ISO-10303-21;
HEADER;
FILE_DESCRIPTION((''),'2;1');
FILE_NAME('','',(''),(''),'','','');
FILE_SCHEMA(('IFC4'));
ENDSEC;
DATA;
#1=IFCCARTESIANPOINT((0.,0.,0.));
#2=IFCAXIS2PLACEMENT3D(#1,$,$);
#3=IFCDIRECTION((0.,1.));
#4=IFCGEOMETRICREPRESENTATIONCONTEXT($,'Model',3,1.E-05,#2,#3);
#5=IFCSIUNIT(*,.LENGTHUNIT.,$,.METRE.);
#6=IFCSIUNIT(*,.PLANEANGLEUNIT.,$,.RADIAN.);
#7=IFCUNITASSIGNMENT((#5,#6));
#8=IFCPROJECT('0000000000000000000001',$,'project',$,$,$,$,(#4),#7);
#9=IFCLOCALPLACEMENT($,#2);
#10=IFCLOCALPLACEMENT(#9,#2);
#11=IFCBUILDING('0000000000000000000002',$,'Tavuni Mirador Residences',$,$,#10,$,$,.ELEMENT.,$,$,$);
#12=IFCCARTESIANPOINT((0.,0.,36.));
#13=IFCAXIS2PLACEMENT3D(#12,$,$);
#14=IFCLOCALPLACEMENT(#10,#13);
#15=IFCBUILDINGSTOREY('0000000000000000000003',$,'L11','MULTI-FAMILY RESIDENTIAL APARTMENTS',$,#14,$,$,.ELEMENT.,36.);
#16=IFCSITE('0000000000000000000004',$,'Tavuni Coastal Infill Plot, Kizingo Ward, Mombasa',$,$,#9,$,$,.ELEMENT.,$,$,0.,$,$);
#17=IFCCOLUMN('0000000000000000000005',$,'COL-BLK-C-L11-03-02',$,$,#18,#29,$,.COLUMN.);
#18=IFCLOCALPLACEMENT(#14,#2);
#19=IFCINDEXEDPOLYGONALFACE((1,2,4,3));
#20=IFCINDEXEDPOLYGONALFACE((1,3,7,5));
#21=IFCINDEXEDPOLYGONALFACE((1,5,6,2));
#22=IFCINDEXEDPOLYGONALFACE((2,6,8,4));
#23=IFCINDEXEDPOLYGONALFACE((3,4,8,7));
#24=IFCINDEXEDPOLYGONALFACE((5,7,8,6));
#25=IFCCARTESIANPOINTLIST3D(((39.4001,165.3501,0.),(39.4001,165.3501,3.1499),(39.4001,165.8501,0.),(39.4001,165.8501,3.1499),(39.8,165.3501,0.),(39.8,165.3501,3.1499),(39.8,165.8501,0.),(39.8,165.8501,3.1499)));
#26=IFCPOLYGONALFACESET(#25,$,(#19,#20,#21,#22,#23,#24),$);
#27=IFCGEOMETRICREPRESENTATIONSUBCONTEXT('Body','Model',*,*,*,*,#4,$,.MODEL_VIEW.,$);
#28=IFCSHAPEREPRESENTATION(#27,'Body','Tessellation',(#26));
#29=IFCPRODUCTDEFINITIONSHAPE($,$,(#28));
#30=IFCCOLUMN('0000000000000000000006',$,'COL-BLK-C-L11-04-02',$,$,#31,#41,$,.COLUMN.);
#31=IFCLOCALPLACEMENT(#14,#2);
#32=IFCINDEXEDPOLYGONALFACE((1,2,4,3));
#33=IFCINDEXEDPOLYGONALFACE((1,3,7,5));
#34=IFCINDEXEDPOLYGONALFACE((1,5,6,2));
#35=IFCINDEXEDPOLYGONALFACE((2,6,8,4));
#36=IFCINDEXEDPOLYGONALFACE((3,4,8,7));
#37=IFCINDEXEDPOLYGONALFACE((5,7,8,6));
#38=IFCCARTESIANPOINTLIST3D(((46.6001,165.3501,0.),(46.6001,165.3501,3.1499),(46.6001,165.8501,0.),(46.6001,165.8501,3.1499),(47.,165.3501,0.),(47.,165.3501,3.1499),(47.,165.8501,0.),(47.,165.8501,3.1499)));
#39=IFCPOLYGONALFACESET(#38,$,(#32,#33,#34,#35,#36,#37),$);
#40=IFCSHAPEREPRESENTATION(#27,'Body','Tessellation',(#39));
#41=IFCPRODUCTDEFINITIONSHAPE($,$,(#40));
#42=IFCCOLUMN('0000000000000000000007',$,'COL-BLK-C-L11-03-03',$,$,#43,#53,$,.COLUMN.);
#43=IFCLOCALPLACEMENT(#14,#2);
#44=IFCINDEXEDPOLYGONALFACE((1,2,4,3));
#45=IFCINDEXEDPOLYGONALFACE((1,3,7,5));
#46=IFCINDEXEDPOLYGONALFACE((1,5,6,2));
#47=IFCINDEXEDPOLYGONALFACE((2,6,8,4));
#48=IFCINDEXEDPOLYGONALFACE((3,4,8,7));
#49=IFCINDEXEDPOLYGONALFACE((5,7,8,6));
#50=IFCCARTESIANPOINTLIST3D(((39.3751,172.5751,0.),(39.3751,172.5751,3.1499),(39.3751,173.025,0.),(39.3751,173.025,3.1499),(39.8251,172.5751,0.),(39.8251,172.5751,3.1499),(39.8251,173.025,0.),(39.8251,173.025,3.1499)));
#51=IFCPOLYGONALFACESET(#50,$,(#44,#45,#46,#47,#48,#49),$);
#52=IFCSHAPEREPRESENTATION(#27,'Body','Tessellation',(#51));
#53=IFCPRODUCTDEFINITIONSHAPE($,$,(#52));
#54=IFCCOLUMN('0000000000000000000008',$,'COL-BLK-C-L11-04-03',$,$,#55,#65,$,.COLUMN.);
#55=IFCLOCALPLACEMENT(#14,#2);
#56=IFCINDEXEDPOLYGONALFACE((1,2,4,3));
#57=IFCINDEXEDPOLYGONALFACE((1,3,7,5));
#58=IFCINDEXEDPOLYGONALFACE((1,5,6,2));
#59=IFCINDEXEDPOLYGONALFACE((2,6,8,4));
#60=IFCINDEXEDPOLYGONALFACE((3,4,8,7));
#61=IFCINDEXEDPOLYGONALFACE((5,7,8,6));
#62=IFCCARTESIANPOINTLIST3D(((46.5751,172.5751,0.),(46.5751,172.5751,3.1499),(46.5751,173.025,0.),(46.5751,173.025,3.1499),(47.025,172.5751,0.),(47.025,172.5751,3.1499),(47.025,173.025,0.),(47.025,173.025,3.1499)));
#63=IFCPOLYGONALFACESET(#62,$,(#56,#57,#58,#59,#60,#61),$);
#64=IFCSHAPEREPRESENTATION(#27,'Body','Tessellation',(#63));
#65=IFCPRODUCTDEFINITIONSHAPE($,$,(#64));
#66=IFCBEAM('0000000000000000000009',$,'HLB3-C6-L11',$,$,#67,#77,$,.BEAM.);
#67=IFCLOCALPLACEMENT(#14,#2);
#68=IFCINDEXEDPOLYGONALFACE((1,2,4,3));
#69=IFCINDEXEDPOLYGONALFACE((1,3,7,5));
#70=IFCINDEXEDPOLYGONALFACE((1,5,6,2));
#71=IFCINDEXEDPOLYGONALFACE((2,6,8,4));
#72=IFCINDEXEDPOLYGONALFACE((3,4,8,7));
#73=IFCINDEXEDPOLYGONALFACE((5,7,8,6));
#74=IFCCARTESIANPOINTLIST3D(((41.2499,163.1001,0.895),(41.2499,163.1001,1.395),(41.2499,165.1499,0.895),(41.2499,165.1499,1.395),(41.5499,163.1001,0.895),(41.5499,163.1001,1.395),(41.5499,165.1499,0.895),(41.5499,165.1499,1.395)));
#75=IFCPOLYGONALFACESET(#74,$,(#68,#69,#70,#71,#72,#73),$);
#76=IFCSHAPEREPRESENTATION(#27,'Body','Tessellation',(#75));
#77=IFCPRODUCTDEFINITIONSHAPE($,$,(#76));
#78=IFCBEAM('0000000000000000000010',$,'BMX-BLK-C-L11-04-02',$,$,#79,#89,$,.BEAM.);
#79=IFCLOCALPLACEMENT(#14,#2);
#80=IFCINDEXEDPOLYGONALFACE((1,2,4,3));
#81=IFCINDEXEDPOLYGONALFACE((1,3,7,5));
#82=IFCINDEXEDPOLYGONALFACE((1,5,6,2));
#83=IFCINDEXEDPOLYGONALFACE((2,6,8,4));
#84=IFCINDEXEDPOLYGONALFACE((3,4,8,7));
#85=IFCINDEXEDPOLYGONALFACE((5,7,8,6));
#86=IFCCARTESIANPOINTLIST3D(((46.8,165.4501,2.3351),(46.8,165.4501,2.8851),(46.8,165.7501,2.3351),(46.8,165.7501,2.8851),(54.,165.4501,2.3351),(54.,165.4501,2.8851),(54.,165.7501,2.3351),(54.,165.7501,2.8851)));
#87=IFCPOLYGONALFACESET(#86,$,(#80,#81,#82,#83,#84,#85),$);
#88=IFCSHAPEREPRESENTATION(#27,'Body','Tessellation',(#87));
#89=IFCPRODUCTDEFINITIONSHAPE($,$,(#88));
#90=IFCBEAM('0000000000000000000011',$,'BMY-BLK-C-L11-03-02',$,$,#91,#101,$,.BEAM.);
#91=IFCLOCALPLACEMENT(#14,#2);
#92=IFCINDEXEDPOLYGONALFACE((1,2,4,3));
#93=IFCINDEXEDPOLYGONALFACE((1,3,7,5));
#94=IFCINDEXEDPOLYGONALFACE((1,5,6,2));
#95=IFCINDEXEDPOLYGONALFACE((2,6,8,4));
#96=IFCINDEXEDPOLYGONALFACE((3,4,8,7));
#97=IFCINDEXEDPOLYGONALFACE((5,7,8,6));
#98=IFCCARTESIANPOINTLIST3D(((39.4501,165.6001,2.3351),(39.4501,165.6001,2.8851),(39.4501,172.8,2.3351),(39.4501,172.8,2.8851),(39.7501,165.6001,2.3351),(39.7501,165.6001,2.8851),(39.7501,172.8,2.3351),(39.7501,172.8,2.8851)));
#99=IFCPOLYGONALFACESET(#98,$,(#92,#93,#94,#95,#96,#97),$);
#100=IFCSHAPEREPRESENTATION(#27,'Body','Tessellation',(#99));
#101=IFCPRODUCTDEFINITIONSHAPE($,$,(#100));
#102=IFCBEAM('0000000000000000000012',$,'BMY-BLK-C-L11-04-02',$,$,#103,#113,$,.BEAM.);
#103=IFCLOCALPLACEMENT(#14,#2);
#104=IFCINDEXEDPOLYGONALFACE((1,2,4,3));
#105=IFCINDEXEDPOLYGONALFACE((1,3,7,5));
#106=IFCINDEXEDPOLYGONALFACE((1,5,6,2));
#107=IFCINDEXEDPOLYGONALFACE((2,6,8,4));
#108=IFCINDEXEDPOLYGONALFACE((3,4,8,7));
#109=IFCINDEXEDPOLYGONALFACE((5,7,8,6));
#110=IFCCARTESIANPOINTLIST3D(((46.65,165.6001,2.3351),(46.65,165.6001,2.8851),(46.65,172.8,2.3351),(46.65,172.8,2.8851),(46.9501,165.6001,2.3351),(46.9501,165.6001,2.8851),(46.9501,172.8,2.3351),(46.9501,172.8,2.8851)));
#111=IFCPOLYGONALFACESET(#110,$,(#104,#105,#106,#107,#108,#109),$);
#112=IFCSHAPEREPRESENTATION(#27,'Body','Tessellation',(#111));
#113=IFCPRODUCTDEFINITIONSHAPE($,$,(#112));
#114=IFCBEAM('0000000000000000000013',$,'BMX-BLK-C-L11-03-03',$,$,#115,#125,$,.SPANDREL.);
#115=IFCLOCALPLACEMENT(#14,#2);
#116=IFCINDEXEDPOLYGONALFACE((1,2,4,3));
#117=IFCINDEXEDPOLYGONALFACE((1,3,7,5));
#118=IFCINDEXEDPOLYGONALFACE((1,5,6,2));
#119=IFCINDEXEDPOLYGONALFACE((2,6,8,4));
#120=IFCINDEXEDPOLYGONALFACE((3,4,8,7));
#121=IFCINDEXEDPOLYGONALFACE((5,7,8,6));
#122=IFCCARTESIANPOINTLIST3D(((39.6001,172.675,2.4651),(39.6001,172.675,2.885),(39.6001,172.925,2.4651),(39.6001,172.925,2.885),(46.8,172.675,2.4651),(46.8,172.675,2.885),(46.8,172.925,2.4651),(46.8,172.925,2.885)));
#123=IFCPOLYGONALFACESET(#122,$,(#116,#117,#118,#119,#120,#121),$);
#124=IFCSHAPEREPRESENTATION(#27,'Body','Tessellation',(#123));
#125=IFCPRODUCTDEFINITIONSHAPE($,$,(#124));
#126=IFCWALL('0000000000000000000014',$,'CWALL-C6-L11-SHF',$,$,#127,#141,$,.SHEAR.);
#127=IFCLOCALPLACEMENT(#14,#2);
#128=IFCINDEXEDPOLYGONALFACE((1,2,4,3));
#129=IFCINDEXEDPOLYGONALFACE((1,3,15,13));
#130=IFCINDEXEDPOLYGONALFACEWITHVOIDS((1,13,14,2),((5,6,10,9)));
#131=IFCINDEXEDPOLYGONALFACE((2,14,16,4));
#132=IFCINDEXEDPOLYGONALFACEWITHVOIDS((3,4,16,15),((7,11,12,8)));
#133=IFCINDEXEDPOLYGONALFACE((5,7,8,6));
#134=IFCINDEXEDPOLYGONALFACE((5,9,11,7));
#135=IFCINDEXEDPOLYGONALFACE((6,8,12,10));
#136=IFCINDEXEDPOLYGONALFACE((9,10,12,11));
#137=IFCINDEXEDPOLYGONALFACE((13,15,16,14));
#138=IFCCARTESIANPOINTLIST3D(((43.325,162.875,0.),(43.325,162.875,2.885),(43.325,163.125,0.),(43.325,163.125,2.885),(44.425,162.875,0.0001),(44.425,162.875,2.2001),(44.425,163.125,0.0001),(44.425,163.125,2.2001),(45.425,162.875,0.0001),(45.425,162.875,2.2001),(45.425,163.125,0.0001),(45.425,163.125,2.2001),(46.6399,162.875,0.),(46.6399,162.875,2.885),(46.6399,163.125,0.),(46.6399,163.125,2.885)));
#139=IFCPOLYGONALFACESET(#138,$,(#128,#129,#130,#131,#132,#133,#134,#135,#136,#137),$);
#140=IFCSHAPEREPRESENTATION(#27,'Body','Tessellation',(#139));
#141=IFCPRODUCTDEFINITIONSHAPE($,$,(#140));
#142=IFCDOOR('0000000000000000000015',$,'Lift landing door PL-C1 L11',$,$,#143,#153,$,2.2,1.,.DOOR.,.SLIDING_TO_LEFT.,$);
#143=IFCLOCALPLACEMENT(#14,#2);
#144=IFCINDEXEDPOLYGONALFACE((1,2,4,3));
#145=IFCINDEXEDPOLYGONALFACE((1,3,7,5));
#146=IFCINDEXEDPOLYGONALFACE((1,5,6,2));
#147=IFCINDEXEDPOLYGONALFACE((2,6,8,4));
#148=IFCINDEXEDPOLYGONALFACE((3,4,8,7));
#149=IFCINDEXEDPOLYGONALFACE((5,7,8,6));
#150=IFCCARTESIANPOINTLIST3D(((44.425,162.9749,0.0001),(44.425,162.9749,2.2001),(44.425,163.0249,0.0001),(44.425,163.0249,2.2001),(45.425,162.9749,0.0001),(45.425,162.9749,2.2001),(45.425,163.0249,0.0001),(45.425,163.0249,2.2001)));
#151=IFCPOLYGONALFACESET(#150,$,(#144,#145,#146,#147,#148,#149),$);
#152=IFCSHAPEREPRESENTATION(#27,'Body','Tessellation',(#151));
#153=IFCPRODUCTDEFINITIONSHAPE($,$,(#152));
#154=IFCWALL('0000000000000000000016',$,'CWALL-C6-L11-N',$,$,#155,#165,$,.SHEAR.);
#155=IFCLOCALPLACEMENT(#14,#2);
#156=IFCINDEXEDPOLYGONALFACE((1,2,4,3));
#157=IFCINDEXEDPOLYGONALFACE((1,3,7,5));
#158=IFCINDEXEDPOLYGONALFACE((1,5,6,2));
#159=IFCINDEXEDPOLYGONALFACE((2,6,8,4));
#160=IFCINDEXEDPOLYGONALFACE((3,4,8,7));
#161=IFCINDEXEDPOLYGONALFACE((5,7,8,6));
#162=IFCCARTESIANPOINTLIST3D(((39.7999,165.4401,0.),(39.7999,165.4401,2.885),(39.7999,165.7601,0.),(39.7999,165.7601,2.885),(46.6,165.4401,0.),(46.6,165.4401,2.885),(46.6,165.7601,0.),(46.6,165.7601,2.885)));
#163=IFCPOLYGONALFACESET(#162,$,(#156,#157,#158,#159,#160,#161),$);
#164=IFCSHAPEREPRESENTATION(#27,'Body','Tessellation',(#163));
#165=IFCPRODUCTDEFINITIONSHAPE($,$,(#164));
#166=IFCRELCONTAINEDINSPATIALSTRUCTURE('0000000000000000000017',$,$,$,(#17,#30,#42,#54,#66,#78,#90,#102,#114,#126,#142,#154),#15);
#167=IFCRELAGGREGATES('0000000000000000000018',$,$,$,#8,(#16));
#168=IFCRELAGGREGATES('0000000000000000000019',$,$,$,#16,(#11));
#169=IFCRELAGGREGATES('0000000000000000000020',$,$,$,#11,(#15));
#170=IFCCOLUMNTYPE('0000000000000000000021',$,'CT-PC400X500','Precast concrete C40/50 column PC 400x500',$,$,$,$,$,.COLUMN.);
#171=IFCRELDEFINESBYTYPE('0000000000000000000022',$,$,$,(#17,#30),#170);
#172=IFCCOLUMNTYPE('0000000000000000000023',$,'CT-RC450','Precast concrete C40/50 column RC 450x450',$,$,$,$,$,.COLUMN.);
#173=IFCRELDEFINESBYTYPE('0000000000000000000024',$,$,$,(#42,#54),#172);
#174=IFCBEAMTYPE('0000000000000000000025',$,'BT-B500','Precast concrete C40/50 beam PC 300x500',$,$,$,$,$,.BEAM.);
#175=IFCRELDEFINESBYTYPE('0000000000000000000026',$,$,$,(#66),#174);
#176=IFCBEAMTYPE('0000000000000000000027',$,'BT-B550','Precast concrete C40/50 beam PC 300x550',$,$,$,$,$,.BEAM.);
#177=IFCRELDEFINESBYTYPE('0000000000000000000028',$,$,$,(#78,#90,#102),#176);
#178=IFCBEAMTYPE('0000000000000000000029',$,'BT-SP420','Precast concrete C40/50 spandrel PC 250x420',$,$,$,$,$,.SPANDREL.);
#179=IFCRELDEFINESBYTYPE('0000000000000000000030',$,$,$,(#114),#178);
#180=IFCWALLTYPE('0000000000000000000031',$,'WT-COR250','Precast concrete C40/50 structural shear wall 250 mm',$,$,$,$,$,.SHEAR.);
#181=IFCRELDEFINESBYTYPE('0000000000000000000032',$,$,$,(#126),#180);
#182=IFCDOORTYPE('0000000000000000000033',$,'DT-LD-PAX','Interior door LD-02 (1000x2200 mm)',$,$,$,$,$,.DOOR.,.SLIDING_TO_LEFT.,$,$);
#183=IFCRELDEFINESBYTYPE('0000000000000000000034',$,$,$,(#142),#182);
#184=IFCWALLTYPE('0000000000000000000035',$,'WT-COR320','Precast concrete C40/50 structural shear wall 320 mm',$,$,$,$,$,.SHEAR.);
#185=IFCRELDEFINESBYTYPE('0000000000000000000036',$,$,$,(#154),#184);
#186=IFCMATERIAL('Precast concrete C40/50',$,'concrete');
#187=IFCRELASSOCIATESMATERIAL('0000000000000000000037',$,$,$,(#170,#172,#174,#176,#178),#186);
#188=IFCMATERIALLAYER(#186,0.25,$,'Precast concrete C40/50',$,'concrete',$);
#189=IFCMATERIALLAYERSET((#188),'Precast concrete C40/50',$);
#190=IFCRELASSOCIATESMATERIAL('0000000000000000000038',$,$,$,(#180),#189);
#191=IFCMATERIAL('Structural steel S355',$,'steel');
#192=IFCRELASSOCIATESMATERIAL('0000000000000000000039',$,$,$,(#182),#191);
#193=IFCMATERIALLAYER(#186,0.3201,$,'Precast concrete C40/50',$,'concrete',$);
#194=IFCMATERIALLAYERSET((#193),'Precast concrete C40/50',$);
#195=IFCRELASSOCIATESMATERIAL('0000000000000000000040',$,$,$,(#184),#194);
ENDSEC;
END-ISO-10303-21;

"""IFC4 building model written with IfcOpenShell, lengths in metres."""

from ifc_helpers import new_model, si_unit, direction, frame, frame_2d, origin, origin_2d, place, context, subcontext, project, spatial, rectangle, extrude, material, layer, layer_set, material_profile, profile_set, type_object, element, fill, save


model = new_model("IFC4")

# Units and contexts
model_context = context("Model", 3, precision=1e-05, world=origin(), true_north=direction((0.0, 1.0)))
body_context = subcontext(model_context, "Body", "Model", "MODEL_VIEW")
ifc_project = project(units=[si_unit("LENGTHUNIT", "METRE"), si_unit("PLANEANGLEUNIT", "RADIAN")], contexts=[model_context])

# Site, building, storey
site_placement = place(None, origin())
site = spatial("IfcSite", under=ifc_project, at=site_placement, Name="Tavuni Coastal Infill Plot, Kizingo Ward, Mombasa", CompositionType="ELEMENT", RefElevation=0.0)
building_placement = place(site_placement, origin())
building = spatial("IfcBuilding", under=site, at=building_placement, Name="Tavuni Mirador Residences", CompositionType="ELEMENT")
storey_placement = place(building_placement, frame((0.0, 0.0, 36.0)))
storey = spatial("IfcBuildingStorey", under=building, at=storey_placement, Name="L11", Description="MULTI-FAMILY RESIDENTIAL APARTMENTS", CompositionType="ELEMENT", Elevation=36.0)

# Columns
ifc_material_1 = material(Name="Precast concrete C40/50", Category="concrete")
ifc_material_profile_1 = material_profile(ifc_material_1, rectangle(XDim=0.3999, YDim=0.5, at=origin_2d()), Name="PC 400x500", Category="concrete")
ifc_profile_set_1 = profile_set([ifc_material_profile_1], Name="Precast concrete C40/50")
column_type_1 = type_object("IfcColumnType", Name="CT-PC400X500", Description="Precast concrete C40/50 column PC 400x500", PredefinedType="COLUMN", material=ifc_profile_set_1)
for number, where, z_axis, x_axis, name in (
    (1, (39.6001, 165.6001, 0.0), (0.0, 0.0, 1.0), (1.0, 0.0, 0.0), "COL-BLK-C-L11-03-02"),
    (2, (46.8, 165.6001, 0.0), (0.0, 0.0, 1.0), (1.0, 0.0, 0.0), "COL-BLK-C-L11-04-02"),
):
    element("IfcColumn", number, at=place(storey_placement, frame(where, z_axis=z_axis, x_axis=x_axis)), inside=storey, type_object=column_type_1, Name=name, PredefinedType="COLUMN", context=body_context, shape_type="SweptSolid", body=[
        extrude(rectangle(XDim=0.3999, YDim=0.5, at=origin_2d()), origin(), (0.0, 0.0, 1.0), 3.1499),
    ])
ifc_material_profile_2 = material_profile(ifc_material_1, rectangle(XDim=0.45, YDim=0.45, at=origin_2d()), Name="RC 450x450", Category="concrete")
ifc_profile_set_2 = profile_set([ifc_material_profile_2], Name="Precast concrete C40/50")
column_type_2 = type_object("IfcColumnType", Name="CT-RC450", Description="Precast concrete C40/50 column RC 450x450", PredefinedType="COLUMN", material=ifc_profile_set_2)
for number, where, z_axis, x_axis, name in (
    (3, (39.6001, 172.8, 0.0), (0.0, 0.0, 1.0), (1.0, 0.0, 0.0), "COL-BLK-C-L11-03-03"),
    (4, (46.8, 172.8, 0.0), (0.0, 0.0, 1.0), (1.0, 0.0, 0.0), "COL-BLK-C-L11-04-03"),
):
    element("IfcColumn", number, at=place(storey_placement, frame(where, z_axis=z_axis, x_axis=x_axis)), inside=storey, type_object=column_type_2, Name=name, PredefinedType="COLUMN", context=body_context, shape_type="SweptSolid", body=[
        extrude(rectangle(XDim=0.45, YDim=0.45, at=origin_2d()), origin(), (0.0, 0.0, 1.0), 3.1499),
    ])

# Beams
ifc_material_profile_3 = material_profile(ifc_material_1, rectangle(XDim=0.3, YDim=0.5, at=origin_2d()), Name="PC 300x500", Category="concrete")
ifc_profile_set_3 = profile_set([ifc_material_profile_3], Name="Precast concrete C40/50")
beam_type_1 = type_object("IfcBeamType", Name="BT-B500", Description="Precast concrete C40/50 beam PC 300x500", PredefinedType="BEAM", material=ifc_profile_set_3)
beam_1_placement = place(storey_placement, frame((41.3999, 163.1001, 1.145), z_axis=(0.0, 1.0, 0.0), x_axis=(-1.0, 0.0, 0.0)))
element("IfcBeam", 5, at=beam_1_placement, inside=storey, type_object=beam_type_1, Name="HLB3-C6-L11", PredefinedType="BEAM", context=body_context, shape_type="SweptSolid", body=[
    extrude(rectangle(XDim=0.3, YDim=0.5, at=origin_2d()), origin(), (0.0, 0.0, 1.0), 2.0498),
])
ifc_material_profile_4 = material_profile(ifc_material_1, rectangle(XDim=0.3, YDim=0.55, at=origin_2d()), Name="PC 300x550", Category="concrete")
ifc_profile_set_4 = profile_set([ifc_material_profile_4], Name="Precast concrete C40/50")
beam_type_2 = type_object("IfcBeamType", Name="BT-B550", Description="Precast concrete C40/50 beam PC 300x550", PredefinedType="BEAM", material=ifc_profile_set_4)
for number, where, z_axis, x_axis, name in (
    (6, (46.8, 165.6001, 2.6101), (1.0, 0.0, 0.0), (0.0, 1.0, 0.0), "BMX-BLK-C-L11-04-02"),
    (7, (39.6001, 165.6001, 2.6101), (0.0, 1.0, 0.0), (-1.0, 0.0, 0.0), "BMY-BLK-C-L11-03-02"),
    (8, (46.8, 165.6001, 2.6101), (0.0, 1.0, 0.0), (-1.0, 0.0, 0.0), "BMY-BLK-C-L11-04-02"),
):
    element("IfcBeam", number, at=place(storey_placement, frame(where, z_axis=z_axis, x_axis=x_axis)), inside=storey, type_object=beam_type_2, Name=name, PredefinedType="BEAM", context=body_context, shape_type="SweptSolid", body=[
        extrude(rectangle(XDim=0.3, YDim=0.55, at=origin_2d()), origin(), (0.0, 0.0, 1.0), 7.2),
    ])
ifc_material_profile_5 = material_profile(ifc_material_1, rectangle(XDim=0.25, YDim=0.4199, at=origin_2d()), Name="PC 250x420", Category="concrete")
ifc_profile_set_5 = profile_set([ifc_material_profile_5], Name="Precast concrete C40/50")
beam_type_3 = type_object("IfcBeamType", Name="BT-SP420", Description="Precast concrete C40/50 spandrel PC 250x420", PredefinedType="SPANDREL", material=ifc_profile_set_5)
beam_2_placement = place(storey_placement, frame((39.6001, 172.8, 2.675), z_axis=(1.0, 0.0, 0.0), x_axis=(0.0, 1.0, 0.0)))
element("IfcBeam", 9, at=beam_2_placement, inside=storey, type_object=beam_type_3, Name="BMX-BLK-C-L11-03-03", PredefinedType="SPANDREL", context=body_context, shape_type="SweptSolid", body=[
    extrude(rectangle(XDim=0.25, YDim=0.4199, at=origin_2d()), origin(), (0.0, 0.0, 1.0), 7.2),
])

# Wall, opening, door
ifc_layer_1 = layer(ifc_material_1, 0.25, Name="Precast concrete C40/50", Category="concrete")
ifc_layer_set_1 = layer_set([ifc_layer_1], Name="Precast concrete C40/50")
wall_type_1 = type_object("IfcWallType", Name="WT-COR250", Description="Precast concrete C40/50 structural shear wall 250 mm", PredefinedType="SHEAR", material=ifc_layer_set_1)
wall_1_placement = place(storey_placement, frame((43.325, 163.0, 0.0), z_axis=(0.0, 0.0, 1.0), x_axis=(1.0, 0.0, 0.0)))
wall_1 = element("IfcWall", 10, at=wall_1_placement, inside=storey, type_object=wall_type_1, Name="CWALL-C6-L11-SHF", PredefinedType="SHEAR", context=body_context, shape_type="SweptSolid", body=[
    extrude(rectangle(XDim=3.3149, YDim=0.25, at=frame_2d((1.6575, 0.0))), origin(), (0.0, 0.0, 1.0), 2.885),
])
opening_1_placement = place(wall_1_placement, frame((1.1001, 0.0, 0.0)))
opening_1 = element("IfcOpeningElement", 11, at=opening_1_placement, cuts=wall_1, PredefinedType="OPENING", context=body_context, shape_type="SweptSolid", body=[
    extrude(rectangle(XDim=1.0, YDim=2.2, at=frame_2d((0.5, 1.1001))), frame((0.0, 0.135, 0.0), z_axis=(0.0, -1.0, 0.0), x_axis=(1.0, 0.0, 0.0)), (0.0, 0.0, 1.0), 0.27),
])
ifc_material_2 = material(Name="Structural steel S355", Category="steel")
door_type_1 = type_object("IfcDoorType", Name="DT-LD-PAX", Description="Interior door LD-02 (1000x2200 mm)", OperationType="SLIDING_TO_LEFT", PredefinedType="DOOR", material=ifc_material_2)
door_1_placement = place(opening_1_placement, origin())
door_1 = element("IfcDoor", 12, at=door_1_placement, inside=storey, type_object=door_type_1, Name="Lift landing door PL-C1 L11", OperationType="SLIDING_TO_LEFT", OverallHeight=2.2, OverallWidth=1.0, PredefinedType="DOOR", context=body_context, shape_type="SweptSolid", body=[
    extrude(rectangle(XDim=1.0, YDim=2.2, at=frame_2d((0.5, 1.1001))), frame((0.0, 0.0249, 0.0), z_axis=(0.0, -1.0, 0.0), x_axis=(1.0, 0.0, 0.0)), (0.0, 0.0, 1.0), 0.05),
])
fill(opening_1, door_1)

# Wall
ifc_layer_2 = layer(ifc_material_1, 0.3201, Name="Precast concrete C40/50", Category="concrete")
ifc_layer_set_2 = layer_set([ifc_layer_2], Name="Precast concrete C40/50")
wall_type_2 = type_object("IfcWallType", Name="WT-COR320", Description="Precast concrete C40/50 structural shear wall 320 mm", PredefinedType="SHEAR", material=ifc_layer_set_2)
wall_2_placement = place(storey_placement, frame((39.8, 165.6001, 0.0), z_axis=(0.0, 0.0, 1.0), x_axis=(1.0, 0.0, 0.0)))
element("IfcWall", 13, at=wall_2_placement, inside=storey, type_object=wall_type_2, Name="CWALL-C6-L11-N", PredefinedType="SHEAR", context=body_context, shape_type="SweptSolid", body=[
    extrude(rectangle(XDim=6.8, YDim=0.3201, at=frame_2d((3.3999, 0.0))), origin(), (0.0, 0.0, 1.0), 2.885),
])

save(model, "model.ifc")
